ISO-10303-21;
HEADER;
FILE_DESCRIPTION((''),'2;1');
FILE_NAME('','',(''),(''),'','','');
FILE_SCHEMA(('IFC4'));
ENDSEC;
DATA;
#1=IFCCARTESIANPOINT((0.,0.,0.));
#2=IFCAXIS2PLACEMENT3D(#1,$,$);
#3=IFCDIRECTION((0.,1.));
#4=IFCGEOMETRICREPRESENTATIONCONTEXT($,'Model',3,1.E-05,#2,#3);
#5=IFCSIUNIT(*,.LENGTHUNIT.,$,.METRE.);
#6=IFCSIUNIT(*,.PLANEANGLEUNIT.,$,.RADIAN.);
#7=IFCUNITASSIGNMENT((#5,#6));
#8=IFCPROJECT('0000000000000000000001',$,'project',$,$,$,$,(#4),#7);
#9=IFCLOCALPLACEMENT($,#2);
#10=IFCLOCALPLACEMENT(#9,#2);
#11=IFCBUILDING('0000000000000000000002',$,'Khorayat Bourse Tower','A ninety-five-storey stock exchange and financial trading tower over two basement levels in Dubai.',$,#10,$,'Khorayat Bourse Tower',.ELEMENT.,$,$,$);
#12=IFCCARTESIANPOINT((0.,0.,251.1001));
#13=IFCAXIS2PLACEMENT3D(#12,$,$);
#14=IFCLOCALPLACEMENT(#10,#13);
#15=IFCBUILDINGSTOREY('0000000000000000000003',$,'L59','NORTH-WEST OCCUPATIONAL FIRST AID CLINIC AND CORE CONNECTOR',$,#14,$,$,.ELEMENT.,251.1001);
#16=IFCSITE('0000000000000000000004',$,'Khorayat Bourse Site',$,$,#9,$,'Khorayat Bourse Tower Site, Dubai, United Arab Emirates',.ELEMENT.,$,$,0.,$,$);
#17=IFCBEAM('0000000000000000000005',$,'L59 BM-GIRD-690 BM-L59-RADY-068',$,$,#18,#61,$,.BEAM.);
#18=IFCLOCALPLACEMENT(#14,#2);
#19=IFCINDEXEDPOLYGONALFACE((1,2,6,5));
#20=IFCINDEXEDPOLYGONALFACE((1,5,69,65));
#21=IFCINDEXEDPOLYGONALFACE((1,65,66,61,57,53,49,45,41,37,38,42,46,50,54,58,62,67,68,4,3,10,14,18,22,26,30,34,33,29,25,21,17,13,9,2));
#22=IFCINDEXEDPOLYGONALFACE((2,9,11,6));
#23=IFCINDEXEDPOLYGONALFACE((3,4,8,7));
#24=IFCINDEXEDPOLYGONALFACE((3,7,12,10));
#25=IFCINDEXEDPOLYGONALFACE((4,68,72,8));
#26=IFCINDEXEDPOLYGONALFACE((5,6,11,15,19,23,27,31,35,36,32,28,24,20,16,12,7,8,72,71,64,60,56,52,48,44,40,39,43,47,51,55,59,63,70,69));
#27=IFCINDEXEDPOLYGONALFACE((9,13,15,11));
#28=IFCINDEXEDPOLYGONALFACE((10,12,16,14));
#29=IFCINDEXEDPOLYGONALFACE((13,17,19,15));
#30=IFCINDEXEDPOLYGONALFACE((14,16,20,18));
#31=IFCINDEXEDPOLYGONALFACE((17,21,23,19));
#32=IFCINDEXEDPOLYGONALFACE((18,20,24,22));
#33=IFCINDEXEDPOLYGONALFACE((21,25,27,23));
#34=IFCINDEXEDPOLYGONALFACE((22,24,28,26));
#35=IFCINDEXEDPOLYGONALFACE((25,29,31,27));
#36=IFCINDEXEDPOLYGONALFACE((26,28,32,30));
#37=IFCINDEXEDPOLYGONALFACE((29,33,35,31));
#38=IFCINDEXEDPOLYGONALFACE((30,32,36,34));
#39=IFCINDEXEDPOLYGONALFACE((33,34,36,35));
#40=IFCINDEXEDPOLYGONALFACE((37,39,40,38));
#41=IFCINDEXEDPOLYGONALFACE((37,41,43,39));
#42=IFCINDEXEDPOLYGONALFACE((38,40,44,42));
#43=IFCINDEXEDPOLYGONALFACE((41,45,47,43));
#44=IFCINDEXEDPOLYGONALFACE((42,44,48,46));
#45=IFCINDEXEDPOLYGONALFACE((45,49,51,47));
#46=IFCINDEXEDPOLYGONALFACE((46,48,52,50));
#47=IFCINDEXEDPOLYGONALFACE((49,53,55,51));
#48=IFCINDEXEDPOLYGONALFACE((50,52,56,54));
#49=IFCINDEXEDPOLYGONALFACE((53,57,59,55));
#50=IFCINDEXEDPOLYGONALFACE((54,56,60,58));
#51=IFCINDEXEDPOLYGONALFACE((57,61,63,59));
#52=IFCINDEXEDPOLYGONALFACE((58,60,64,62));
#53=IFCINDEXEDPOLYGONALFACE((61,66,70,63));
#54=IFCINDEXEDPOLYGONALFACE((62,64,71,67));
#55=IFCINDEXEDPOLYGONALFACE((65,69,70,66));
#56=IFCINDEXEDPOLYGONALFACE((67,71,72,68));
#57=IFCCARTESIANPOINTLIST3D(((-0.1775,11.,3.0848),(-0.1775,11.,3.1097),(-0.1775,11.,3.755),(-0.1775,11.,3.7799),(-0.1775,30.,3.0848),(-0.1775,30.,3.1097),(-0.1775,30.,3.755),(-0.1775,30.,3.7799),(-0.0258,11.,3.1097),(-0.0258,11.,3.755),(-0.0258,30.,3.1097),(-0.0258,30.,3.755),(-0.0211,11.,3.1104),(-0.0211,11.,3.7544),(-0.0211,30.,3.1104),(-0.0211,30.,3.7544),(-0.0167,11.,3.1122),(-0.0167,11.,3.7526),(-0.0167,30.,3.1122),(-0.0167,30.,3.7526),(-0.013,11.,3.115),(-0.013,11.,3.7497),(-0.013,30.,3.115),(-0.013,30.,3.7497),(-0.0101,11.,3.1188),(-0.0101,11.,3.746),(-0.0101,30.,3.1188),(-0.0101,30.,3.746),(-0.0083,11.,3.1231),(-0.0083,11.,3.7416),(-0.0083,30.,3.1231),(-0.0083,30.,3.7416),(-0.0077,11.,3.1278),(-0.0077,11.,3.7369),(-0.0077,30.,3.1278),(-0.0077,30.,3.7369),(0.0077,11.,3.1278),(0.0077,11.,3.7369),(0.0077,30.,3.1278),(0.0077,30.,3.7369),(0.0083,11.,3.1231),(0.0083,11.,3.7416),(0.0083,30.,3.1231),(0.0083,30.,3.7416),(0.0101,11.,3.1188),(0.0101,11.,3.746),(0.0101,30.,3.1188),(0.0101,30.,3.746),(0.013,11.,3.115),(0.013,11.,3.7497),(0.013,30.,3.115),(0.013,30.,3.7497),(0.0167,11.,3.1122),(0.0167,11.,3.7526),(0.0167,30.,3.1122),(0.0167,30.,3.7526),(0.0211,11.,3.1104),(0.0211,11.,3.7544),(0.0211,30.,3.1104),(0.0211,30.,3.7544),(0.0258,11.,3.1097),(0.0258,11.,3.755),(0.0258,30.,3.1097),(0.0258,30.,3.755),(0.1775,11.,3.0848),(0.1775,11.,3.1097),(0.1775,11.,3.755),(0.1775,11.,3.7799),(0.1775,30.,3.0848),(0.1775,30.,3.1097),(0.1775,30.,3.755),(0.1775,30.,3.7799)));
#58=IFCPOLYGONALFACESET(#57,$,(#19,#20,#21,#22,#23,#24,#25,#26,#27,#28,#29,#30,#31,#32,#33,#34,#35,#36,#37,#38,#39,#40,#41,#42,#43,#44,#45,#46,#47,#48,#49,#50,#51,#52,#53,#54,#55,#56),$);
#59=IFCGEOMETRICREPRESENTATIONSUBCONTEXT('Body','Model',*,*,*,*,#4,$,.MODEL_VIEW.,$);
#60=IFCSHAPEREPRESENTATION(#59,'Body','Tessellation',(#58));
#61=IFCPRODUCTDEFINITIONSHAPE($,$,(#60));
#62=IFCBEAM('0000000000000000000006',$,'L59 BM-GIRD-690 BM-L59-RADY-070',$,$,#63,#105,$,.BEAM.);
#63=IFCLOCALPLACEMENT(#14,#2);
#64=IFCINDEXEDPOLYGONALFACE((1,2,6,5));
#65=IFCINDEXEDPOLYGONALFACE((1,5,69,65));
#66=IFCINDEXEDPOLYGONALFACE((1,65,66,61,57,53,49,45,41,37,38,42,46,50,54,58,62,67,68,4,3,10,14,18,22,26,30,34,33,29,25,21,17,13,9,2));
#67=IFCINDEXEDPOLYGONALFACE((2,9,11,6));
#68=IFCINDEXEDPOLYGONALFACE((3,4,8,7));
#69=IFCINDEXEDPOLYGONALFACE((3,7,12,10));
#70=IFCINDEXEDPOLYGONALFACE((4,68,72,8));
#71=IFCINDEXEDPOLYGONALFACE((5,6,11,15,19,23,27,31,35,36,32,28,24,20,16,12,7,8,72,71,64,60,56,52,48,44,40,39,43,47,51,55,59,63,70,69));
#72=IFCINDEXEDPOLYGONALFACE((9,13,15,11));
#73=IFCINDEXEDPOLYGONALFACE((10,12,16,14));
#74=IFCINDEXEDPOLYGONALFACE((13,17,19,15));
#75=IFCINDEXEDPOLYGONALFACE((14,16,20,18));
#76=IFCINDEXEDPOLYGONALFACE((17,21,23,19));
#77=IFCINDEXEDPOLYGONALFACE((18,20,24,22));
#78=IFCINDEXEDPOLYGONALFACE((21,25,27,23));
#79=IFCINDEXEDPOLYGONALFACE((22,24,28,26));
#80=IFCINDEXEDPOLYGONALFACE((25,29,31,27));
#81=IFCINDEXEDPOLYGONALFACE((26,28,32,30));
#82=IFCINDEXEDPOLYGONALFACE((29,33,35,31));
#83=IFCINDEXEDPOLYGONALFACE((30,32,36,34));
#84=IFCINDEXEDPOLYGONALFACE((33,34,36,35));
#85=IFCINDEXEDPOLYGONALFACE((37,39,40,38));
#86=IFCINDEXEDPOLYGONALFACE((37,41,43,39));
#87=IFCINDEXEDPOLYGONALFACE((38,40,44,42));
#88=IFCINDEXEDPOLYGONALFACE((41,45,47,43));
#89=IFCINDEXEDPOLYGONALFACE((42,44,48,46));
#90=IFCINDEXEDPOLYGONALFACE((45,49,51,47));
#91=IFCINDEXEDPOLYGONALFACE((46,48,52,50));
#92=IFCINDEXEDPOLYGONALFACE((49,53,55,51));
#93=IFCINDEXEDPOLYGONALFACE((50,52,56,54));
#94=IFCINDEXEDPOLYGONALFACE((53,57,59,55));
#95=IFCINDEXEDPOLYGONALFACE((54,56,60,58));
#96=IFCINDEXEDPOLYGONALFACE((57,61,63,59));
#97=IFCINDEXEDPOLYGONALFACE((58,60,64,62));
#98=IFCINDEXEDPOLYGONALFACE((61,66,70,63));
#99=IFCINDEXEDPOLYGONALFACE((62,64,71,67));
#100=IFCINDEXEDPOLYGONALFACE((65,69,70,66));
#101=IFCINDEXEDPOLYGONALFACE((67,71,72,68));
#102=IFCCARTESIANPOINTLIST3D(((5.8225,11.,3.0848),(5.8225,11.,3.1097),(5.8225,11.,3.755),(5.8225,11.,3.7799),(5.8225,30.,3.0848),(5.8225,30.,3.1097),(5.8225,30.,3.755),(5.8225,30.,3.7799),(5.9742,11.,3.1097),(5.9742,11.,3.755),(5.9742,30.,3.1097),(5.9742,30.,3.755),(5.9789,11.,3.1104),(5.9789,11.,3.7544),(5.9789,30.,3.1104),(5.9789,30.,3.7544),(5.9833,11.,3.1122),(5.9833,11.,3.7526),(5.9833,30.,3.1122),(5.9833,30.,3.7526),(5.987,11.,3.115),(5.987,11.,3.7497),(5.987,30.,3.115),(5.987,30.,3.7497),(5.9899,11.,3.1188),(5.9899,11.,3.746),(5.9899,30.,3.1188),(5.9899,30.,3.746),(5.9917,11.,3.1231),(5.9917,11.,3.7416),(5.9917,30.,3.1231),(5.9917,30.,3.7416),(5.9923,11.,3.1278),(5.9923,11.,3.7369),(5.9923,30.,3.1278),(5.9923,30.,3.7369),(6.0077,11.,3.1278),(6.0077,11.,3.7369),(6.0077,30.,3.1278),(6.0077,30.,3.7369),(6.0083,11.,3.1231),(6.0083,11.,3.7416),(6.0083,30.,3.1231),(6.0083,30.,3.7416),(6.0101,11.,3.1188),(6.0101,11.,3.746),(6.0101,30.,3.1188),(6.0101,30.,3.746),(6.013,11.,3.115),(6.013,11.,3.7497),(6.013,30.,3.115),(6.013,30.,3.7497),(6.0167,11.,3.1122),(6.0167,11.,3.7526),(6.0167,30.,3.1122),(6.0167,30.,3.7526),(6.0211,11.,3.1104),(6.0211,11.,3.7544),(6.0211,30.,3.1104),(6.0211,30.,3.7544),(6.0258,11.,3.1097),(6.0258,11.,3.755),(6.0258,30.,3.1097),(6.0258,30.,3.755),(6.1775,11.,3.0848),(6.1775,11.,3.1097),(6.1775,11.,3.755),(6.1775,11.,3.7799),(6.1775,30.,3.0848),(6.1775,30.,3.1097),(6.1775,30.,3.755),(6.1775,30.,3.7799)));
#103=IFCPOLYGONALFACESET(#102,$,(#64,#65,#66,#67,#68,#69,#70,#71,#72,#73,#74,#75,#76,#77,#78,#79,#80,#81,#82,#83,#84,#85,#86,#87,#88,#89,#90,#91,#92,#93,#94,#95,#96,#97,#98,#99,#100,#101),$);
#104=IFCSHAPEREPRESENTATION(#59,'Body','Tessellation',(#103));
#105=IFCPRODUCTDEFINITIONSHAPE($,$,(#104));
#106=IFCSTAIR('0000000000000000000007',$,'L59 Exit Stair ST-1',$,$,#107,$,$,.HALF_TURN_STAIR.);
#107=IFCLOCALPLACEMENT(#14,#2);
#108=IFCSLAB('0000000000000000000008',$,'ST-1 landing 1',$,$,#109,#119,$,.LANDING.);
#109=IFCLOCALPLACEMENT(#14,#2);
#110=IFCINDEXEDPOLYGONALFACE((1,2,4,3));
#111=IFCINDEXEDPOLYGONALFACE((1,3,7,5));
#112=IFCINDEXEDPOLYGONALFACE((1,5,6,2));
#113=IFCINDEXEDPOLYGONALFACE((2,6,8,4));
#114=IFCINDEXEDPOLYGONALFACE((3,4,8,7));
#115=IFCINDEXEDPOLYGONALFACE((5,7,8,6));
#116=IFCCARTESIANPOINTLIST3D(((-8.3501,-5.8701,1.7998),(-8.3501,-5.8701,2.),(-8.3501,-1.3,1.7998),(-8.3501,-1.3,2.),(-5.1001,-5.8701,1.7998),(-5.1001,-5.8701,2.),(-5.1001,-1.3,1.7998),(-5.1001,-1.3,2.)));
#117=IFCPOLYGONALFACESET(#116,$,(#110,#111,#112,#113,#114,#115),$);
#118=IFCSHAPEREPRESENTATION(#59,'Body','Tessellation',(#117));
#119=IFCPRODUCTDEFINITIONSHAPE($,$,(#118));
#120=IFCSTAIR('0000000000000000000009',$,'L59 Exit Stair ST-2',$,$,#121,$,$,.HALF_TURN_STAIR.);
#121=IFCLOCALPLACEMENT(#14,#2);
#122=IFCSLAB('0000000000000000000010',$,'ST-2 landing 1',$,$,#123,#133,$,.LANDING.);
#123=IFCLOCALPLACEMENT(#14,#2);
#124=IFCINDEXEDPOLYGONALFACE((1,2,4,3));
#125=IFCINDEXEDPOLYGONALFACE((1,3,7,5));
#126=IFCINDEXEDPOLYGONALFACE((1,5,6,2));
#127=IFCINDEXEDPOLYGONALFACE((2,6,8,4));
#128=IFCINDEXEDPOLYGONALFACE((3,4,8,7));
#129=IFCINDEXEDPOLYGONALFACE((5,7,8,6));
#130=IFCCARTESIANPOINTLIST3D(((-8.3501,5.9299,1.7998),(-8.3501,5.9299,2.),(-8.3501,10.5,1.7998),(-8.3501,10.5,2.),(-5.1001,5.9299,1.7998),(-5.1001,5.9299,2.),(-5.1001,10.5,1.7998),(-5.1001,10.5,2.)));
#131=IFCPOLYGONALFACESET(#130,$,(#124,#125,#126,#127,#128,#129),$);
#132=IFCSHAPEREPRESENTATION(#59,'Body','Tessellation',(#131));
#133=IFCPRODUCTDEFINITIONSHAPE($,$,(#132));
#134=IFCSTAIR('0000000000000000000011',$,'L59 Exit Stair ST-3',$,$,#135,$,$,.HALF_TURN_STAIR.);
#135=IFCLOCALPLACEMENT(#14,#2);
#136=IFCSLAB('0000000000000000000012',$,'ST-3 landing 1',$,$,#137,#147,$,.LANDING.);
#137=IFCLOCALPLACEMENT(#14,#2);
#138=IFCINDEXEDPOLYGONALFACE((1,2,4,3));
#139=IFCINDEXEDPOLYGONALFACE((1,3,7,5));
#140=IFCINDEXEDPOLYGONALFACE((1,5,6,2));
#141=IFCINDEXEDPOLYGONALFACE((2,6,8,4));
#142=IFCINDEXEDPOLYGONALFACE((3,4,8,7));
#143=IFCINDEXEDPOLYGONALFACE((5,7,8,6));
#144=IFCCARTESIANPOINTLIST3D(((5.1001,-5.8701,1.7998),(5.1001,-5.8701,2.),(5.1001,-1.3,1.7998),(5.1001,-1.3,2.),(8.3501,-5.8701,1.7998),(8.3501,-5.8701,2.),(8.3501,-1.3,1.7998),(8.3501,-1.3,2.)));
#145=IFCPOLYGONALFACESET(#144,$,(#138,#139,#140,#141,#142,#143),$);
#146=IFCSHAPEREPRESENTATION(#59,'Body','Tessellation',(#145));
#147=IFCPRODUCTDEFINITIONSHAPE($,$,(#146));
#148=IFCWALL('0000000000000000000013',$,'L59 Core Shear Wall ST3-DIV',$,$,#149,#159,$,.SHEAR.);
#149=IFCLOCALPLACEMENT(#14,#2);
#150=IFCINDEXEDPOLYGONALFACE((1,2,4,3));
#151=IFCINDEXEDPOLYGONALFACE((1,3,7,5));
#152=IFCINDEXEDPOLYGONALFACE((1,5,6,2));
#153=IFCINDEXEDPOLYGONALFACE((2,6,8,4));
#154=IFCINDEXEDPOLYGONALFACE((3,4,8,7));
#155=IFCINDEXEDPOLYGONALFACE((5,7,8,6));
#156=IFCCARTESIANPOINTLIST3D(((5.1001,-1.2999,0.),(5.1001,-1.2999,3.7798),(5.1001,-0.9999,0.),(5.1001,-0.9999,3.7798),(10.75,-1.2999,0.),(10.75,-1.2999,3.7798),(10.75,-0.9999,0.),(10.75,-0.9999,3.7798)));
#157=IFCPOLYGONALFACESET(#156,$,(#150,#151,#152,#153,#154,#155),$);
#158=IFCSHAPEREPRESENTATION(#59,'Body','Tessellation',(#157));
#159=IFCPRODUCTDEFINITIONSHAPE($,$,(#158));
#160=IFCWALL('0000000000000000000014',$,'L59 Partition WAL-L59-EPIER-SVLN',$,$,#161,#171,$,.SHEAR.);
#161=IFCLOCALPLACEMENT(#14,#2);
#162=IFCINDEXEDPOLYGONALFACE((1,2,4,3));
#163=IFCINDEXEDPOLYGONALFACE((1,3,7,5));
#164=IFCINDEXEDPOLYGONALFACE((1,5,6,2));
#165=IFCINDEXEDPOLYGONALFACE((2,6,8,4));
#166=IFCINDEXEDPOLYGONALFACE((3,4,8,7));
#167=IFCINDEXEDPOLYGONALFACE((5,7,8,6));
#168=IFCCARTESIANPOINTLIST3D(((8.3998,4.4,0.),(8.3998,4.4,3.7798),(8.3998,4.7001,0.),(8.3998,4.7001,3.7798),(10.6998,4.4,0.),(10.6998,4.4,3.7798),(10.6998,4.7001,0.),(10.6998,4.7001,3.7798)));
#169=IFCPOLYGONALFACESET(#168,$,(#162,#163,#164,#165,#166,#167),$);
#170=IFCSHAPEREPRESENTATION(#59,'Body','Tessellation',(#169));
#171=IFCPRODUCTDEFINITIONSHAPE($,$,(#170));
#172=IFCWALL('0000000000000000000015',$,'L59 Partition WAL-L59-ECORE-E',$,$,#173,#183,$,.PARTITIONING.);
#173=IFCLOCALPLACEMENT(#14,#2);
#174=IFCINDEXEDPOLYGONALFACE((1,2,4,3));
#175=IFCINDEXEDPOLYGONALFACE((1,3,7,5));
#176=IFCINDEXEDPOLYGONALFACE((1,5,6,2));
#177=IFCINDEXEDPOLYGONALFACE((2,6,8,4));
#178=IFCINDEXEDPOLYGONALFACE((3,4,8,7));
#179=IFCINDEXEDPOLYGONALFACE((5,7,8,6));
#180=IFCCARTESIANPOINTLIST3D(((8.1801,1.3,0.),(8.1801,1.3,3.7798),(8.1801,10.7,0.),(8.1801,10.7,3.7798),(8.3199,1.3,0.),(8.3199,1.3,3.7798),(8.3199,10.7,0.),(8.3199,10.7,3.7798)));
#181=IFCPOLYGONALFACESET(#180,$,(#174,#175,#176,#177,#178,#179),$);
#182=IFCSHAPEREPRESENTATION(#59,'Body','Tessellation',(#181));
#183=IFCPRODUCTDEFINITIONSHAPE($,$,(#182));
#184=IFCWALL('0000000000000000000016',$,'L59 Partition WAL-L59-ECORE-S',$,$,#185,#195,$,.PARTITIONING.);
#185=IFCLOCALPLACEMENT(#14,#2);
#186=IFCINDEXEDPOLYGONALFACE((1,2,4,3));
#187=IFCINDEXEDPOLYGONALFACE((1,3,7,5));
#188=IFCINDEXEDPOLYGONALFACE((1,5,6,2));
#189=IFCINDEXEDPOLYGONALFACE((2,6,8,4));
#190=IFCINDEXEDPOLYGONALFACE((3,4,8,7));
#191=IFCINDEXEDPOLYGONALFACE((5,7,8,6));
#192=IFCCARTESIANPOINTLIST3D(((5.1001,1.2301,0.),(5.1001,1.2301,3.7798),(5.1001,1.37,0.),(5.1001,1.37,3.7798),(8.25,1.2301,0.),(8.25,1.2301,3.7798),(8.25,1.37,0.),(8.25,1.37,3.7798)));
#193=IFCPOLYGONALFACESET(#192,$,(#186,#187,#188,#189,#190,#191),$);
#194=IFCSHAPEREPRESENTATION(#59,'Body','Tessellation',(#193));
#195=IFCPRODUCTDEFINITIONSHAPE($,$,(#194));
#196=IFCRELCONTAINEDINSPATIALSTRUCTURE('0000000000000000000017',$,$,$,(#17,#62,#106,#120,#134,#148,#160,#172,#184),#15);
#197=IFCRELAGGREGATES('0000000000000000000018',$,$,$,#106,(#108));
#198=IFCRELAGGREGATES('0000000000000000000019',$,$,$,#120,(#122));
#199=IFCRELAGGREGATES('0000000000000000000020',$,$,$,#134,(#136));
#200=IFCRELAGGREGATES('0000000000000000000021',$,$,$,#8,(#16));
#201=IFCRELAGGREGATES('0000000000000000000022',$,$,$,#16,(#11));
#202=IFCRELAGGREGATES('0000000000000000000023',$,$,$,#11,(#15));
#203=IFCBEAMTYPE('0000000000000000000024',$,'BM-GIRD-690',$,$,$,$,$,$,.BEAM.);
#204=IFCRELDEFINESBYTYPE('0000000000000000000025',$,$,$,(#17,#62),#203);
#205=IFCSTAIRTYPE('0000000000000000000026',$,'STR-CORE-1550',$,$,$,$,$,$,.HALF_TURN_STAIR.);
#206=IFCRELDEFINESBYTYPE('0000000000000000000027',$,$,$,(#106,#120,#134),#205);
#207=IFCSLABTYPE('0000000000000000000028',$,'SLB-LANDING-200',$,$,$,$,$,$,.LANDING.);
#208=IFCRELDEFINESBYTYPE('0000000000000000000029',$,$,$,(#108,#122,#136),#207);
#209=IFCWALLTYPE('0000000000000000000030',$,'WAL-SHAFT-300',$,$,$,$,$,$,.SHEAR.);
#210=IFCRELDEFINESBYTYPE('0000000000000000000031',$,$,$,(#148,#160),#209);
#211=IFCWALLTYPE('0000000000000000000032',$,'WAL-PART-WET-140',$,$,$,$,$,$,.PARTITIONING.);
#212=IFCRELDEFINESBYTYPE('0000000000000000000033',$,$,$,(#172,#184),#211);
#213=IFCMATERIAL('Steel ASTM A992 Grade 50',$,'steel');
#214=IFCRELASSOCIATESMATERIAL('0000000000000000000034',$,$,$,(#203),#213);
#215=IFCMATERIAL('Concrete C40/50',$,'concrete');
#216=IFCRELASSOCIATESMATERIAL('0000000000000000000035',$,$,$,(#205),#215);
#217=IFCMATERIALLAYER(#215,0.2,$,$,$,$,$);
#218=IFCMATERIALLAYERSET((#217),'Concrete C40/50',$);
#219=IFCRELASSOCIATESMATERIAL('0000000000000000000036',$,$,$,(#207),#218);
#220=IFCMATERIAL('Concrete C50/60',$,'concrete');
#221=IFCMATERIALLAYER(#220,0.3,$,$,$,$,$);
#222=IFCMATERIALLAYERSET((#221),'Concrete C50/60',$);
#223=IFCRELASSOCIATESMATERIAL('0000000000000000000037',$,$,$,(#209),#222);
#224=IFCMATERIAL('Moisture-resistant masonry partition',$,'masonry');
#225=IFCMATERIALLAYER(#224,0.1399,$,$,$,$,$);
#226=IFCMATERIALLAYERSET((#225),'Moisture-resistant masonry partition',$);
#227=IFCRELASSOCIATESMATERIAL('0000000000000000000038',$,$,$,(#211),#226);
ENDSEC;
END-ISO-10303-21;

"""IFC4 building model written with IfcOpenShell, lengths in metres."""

from ifc_helpers import new_model, si_unit, direction, frame, frame_2d, origin, origin_2d, place, context, subcontext, project, spatial, polyline, rectangle, i_section, outline, extrude, source, transform, mapped, material, layer, layer_set, material_profile, profile_set, type_object, element, aggregate, save


model = new_model("IFC4")

# Units and contexts
model_context = context("Model", 3, precision=1e-05, world=origin(), true_north=direction((0.0, 1.0)))
body_context = subcontext(model_context, "Body", "Model", "MODEL_VIEW")
ifc_project = project(units=[si_unit("LENGTHUNIT", "METRE"), si_unit("PLANEANGLEUNIT", "RADIAN")], contexts=[model_context])

# Site, building, storey
site_placement = place(None, origin())
site = spatial("IfcSite", under=ifc_project, at=site_placement, Name="Khorayat Bourse Site", LongName="Khorayat Bourse Tower Site, Dubai, United Arab Emirates", CompositionType="ELEMENT", RefElevation=0.0)
building_placement = place(site_placement, origin())
building = spatial("IfcBuilding", under=site, at=building_placement, Name="Khorayat Bourse Tower", Description="A ninety-five-storey stock exchange and financial trading tower over two basement levels in Dubai.", LongName="Khorayat Bourse Tower", CompositionType="ELEMENT")
storey_placement = place(building_placement, frame((0.0, 0.0, 251.1001)))
storey = spatial("IfcBuildingStorey", under=building, at=storey_placement, Name="L59", Description="NORTH-WEST OCCUPATIONAL FIRST AID CLINIC AND CORE CONNECTOR", CompositionType="ELEMENT", Elevation=251.1001)

# Beams
ifc_material_1 = material(Name="Steel ASTM A992 Grade 50", Category="steel")
ifc_material_profile_1 = material_profile(ifc_material_1, i_section(OverallWidth=0.355, OverallDepth=0.6951, WebThickness=0.0154, FlangeThickness=0.0249, FilletRadius=0.0181, at=origin_2d()), Name="W690X217")
ifc_profile_set_1 = profile_set([ifc_material_profile_1], Name="Steel ASTM A992 Grade 50")
beam_type_1 = type_object("IfcBeamType", Name="BM-GIRD-690", PredefinedType="BEAM", material=ifc_profile_set_1)
shared_shape_1 = source(origin(), body_context, "Body", "SweptSolid", [
    extrude(i_section(OverallWidth=0.355, OverallDepth=0.6951, WebThickness=0.0154, FlangeThickness=0.0249, FilletRadius=0.0181, at=origin_2d()), origin(), (0.0, 0.0, 1.0), 19.0),
])
for number, where, z_axis, x_axis, name in (
    (1, (0.0, 11.0, 3.4324), (0.0, 1.0, 0.0), (-1.0, 0.0, 0.0), "L59 BM-GIRD-690 BM-L59-RADY-068"),
    (2, (6.0, 11.0, 3.4324), (0.0, 1.0, 0.0), (-1.0, 0.0, 0.0), "L59 BM-GIRD-690 BM-L59-RADY-070"),
):
    element("IfcBeam", number, at=place(storey_placement, frame(where, z_axis=z_axis, x_axis=x_axis)), inside=storey, type_object=beam_type_1, Name=name, PredefinedType="BEAM", context=body_context, shape_type="MappedRepresentation", body=[
        mapped(shared_shape_1, transform((0.0, 0.0, 0.0), scale=1.0)),
    ])

# Stairs, slabs
ifc_material_2 = material(Name="Concrete C40/50", Category="concrete")
stair_type = type_object("IfcStairType", Name="STR-CORE-1550", PredefinedType="HALF_TURN_STAIR", material=ifc_material_2)
stair_1_placement = place(storey_placement, origin())
stair_1 = element("IfcStair", 3, at=stair_1_placement, inside=storey, type_object=stair_type, Name="L59 Exit Stair ST-1", PredefinedType="HALF_TURN_STAIR")
ifc_layer_1 = layer(ifc_material_2, 0.2)
ifc_layer_set_1 = layer_set([ifc_layer_1], Name="Concrete C40/50")
slab_type = type_object("IfcSlabType", Name="SLB-LANDING-200", PredefinedType="LANDING", material=ifc_layer_set_1)
slab_1_placement = place(storey_placement, frame((0.0, 0.0, 1.7998)))
slab_1 = element("IfcSlab", 4, at=slab_1_placement, type_object=slab_type, Name="ST-1 landing 1", PredefinedType="LANDING", context=body_context, shape_type="SweptSolid", body=[
    extrude(outline(polyline([(-5.1001, -5.8701), (-5.1001, -1.3), (-8.3501, -1.3), (-8.3501, -5.8701), (-5.1001, -5.8701)])), origin(), (0.0, 0.0, 1.0), 0.2002),
])
aggregate(stair_1, [slab_1])
stair_2_placement = place(storey_placement, origin())
stair_2 = element("IfcStair", 5, at=stair_2_placement, inside=storey, type_object=stair_type, Name="L59 Exit Stair ST-2", PredefinedType="HALF_TURN_STAIR")
slab_2_placement = place(storey_placement, frame((0.0, 0.0, 1.7998)))
slab_2 = element("IfcSlab", 6, at=slab_2_placement, type_object=slab_type, Name="ST-2 landing 1", PredefinedType="LANDING", context=body_context, shape_type="SweptSolid", body=[
    extrude(outline(polyline([(-5.1001, 5.9299), (-5.1001, 10.5), (-8.3501, 10.5), (-8.3501, 5.9299), (-5.1001, 5.9299)])), origin(), (0.0, 0.0, 1.0), 0.2002),
])
aggregate(stair_2, [slab_2])
stair_3_placement = place(storey_placement, origin())
stair_3 = element("IfcStair", 7, at=stair_3_placement, inside=storey, type_object=stair_type, Name="L59 Exit Stair ST-3", PredefinedType="HALF_TURN_STAIR")
slab_3_placement = place(storey_placement, frame((0.0, 0.0, 1.7998)))
slab_3 = element("IfcSlab", 8, at=slab_3_placement, type_object=slab_type, Name="ST-3 landing 1", PredefinedType="LANDING", context=body_context, shape_type="SweptSolid", body=[
    extrude(outline(polyline([(8.3501, -5.8701), (8.3501, -1.3), (5.1001, -1.3), (5.1001, -5.8701), (8.3501, -5.8701)])), origin(), (0.0, 0.0, 1.0), 0.2002),
])
aggregate(stair_3, [slab_3])

# Walls
ifc_material_3 = material(Name="Concrete C50/60", Category="concrete")
ifc_layer_2 = layer(ifc_material_3, 0.3)
ifc_layer_set_2 = layer_set([ifc_layer_2], Name="Concrete C50/60")
wall_type_1 = type_object("IfcWallType", Name="WAL-SHAFT-300", PredefinedType="SHEAR", material=ifc_layer_set_2)
shared_shape_2 = source(origin(), body_context, "Body", "SweptSolid", [
    extrude(rectangle(XDim=5.6499, YDim=0.3, at=frame_2d((2.825, 0.0))), origin(), (0.0, 0.0, 1.0), 3.7798),
])
wall_1_placement = place(storey_placement, frame((5.1001, -1.1499, 0.0), z_axis=(0.0, 0.0, 1.0), x_axis=(1.0, 0.0, 0.0)))
element("IfcWall", 9, at=wall_1_placement, inside=storey, type_object=wall_type_1, Name="L59 Core Shear Wall ST3-DIV", PredefinedType="SHEAR", context=body_context, shape_type="MappedRepresentation", body=[
    mapped(shared_shape_2, transform((0.0, 0.0, 0.0), scale=1.0)),
])
shared_shape_3 = source(origin(), body_context, "Body", "SweptSolid", [
    extrude(rectangle(XDim=2.3, YDim=0.3, at=frame_2d((1.1499, 0.0))), origin(), (0.0, 0.0, 1.0), 3.7798),
])
wall_2_placement = place(storey_placement, frame((8.3999, 4.55, 0.0), z_axis=(0.0, 0.0, 1.0), x_axis=(1.0, 0.0, 0.0)))
element("IfcWall", 10, at=wall_2_placement, inside=storey, type_object=wall_type_1, Name="L59 Partition WAL-L59-EPIER-SVLN", PredefinedType="SHEAR", context=body_context, shape_type="MappedRepresentation", body=[
    mapped(shared_shape_3, transform((0.0, 0.0, 0.0), scale=1.0)),
])
ifc_material_4 = material(Name="Moisture-resistant masonry partition", Category="masonry")
ifc_layer_3 = layer(ifc_material_4, 0.1399)
ifc_layer_set_3 = layer_set([ifc_layer_3], Name="Moisture-resistant masonry partition")
wall_type_2 = type_object("IfcWallType", Name="WAL-PART-WET-140", PredefinedType="PARTITIONING", material=ifc_layer_set_3)
shared_shape_4 = source(origin(), body_context, "Body", "SweptSolid", [
    extrude(rectangle(XDim=9.3999, YDim=0.1399, at=frame_2d((4.7, 0.0))), origin(), (0.0, 0.0, 1.0), 3.7798),
])
wall_3_placement = place(storey_placement, frame((8.25, 1.3, 0.0), z_axis=(0.0, 0.0, 1.0), x_axis=(0.0, 1.0, 0.0)))
element("IfcWall", 11, at=wall_3_placement, inside=storey, type_object=wall_type_2, Name="L59 Partition WAL-L59-ECORE-E", PredefinedType="PARTITIONING", context=body_context, shape_type="MappedRepresentation", body=[
    mapped(shared_shape_4, transform((0.0, 0.0, 0.0), scale=1.0)),
])
shared_shape_5 = source(origin(), body_context, "Body", "SweptSolid", [
    extrude(rectangle(XDim=3.1499, YDim=0.1399, at=frame_2d((1.575, 0.0))), origin(), (0.0, 0.0, 1.0), 3.7798),
])
wall_4_placement = place(storey_placement, frame((5.1001, 1.3, 0.0), z_axis=(0.0, 0.0, 1.0), x_axis=(1.0, 0.0, 0.0)))
element("IfcWall", 12, at=wall_4_placement, inside=storey, type_object=wall_type_2, Name="L59 Partition WAL-L59-ECORE-S", PredefinedType="PARTITIONING", context=body_context, shape_type="MappedRepresentation", body=[
    mapped(shared_shape_5, transform((0.0, 0.0, 0.0), scale=1.0)),
])

save(model, "model.ifc")
